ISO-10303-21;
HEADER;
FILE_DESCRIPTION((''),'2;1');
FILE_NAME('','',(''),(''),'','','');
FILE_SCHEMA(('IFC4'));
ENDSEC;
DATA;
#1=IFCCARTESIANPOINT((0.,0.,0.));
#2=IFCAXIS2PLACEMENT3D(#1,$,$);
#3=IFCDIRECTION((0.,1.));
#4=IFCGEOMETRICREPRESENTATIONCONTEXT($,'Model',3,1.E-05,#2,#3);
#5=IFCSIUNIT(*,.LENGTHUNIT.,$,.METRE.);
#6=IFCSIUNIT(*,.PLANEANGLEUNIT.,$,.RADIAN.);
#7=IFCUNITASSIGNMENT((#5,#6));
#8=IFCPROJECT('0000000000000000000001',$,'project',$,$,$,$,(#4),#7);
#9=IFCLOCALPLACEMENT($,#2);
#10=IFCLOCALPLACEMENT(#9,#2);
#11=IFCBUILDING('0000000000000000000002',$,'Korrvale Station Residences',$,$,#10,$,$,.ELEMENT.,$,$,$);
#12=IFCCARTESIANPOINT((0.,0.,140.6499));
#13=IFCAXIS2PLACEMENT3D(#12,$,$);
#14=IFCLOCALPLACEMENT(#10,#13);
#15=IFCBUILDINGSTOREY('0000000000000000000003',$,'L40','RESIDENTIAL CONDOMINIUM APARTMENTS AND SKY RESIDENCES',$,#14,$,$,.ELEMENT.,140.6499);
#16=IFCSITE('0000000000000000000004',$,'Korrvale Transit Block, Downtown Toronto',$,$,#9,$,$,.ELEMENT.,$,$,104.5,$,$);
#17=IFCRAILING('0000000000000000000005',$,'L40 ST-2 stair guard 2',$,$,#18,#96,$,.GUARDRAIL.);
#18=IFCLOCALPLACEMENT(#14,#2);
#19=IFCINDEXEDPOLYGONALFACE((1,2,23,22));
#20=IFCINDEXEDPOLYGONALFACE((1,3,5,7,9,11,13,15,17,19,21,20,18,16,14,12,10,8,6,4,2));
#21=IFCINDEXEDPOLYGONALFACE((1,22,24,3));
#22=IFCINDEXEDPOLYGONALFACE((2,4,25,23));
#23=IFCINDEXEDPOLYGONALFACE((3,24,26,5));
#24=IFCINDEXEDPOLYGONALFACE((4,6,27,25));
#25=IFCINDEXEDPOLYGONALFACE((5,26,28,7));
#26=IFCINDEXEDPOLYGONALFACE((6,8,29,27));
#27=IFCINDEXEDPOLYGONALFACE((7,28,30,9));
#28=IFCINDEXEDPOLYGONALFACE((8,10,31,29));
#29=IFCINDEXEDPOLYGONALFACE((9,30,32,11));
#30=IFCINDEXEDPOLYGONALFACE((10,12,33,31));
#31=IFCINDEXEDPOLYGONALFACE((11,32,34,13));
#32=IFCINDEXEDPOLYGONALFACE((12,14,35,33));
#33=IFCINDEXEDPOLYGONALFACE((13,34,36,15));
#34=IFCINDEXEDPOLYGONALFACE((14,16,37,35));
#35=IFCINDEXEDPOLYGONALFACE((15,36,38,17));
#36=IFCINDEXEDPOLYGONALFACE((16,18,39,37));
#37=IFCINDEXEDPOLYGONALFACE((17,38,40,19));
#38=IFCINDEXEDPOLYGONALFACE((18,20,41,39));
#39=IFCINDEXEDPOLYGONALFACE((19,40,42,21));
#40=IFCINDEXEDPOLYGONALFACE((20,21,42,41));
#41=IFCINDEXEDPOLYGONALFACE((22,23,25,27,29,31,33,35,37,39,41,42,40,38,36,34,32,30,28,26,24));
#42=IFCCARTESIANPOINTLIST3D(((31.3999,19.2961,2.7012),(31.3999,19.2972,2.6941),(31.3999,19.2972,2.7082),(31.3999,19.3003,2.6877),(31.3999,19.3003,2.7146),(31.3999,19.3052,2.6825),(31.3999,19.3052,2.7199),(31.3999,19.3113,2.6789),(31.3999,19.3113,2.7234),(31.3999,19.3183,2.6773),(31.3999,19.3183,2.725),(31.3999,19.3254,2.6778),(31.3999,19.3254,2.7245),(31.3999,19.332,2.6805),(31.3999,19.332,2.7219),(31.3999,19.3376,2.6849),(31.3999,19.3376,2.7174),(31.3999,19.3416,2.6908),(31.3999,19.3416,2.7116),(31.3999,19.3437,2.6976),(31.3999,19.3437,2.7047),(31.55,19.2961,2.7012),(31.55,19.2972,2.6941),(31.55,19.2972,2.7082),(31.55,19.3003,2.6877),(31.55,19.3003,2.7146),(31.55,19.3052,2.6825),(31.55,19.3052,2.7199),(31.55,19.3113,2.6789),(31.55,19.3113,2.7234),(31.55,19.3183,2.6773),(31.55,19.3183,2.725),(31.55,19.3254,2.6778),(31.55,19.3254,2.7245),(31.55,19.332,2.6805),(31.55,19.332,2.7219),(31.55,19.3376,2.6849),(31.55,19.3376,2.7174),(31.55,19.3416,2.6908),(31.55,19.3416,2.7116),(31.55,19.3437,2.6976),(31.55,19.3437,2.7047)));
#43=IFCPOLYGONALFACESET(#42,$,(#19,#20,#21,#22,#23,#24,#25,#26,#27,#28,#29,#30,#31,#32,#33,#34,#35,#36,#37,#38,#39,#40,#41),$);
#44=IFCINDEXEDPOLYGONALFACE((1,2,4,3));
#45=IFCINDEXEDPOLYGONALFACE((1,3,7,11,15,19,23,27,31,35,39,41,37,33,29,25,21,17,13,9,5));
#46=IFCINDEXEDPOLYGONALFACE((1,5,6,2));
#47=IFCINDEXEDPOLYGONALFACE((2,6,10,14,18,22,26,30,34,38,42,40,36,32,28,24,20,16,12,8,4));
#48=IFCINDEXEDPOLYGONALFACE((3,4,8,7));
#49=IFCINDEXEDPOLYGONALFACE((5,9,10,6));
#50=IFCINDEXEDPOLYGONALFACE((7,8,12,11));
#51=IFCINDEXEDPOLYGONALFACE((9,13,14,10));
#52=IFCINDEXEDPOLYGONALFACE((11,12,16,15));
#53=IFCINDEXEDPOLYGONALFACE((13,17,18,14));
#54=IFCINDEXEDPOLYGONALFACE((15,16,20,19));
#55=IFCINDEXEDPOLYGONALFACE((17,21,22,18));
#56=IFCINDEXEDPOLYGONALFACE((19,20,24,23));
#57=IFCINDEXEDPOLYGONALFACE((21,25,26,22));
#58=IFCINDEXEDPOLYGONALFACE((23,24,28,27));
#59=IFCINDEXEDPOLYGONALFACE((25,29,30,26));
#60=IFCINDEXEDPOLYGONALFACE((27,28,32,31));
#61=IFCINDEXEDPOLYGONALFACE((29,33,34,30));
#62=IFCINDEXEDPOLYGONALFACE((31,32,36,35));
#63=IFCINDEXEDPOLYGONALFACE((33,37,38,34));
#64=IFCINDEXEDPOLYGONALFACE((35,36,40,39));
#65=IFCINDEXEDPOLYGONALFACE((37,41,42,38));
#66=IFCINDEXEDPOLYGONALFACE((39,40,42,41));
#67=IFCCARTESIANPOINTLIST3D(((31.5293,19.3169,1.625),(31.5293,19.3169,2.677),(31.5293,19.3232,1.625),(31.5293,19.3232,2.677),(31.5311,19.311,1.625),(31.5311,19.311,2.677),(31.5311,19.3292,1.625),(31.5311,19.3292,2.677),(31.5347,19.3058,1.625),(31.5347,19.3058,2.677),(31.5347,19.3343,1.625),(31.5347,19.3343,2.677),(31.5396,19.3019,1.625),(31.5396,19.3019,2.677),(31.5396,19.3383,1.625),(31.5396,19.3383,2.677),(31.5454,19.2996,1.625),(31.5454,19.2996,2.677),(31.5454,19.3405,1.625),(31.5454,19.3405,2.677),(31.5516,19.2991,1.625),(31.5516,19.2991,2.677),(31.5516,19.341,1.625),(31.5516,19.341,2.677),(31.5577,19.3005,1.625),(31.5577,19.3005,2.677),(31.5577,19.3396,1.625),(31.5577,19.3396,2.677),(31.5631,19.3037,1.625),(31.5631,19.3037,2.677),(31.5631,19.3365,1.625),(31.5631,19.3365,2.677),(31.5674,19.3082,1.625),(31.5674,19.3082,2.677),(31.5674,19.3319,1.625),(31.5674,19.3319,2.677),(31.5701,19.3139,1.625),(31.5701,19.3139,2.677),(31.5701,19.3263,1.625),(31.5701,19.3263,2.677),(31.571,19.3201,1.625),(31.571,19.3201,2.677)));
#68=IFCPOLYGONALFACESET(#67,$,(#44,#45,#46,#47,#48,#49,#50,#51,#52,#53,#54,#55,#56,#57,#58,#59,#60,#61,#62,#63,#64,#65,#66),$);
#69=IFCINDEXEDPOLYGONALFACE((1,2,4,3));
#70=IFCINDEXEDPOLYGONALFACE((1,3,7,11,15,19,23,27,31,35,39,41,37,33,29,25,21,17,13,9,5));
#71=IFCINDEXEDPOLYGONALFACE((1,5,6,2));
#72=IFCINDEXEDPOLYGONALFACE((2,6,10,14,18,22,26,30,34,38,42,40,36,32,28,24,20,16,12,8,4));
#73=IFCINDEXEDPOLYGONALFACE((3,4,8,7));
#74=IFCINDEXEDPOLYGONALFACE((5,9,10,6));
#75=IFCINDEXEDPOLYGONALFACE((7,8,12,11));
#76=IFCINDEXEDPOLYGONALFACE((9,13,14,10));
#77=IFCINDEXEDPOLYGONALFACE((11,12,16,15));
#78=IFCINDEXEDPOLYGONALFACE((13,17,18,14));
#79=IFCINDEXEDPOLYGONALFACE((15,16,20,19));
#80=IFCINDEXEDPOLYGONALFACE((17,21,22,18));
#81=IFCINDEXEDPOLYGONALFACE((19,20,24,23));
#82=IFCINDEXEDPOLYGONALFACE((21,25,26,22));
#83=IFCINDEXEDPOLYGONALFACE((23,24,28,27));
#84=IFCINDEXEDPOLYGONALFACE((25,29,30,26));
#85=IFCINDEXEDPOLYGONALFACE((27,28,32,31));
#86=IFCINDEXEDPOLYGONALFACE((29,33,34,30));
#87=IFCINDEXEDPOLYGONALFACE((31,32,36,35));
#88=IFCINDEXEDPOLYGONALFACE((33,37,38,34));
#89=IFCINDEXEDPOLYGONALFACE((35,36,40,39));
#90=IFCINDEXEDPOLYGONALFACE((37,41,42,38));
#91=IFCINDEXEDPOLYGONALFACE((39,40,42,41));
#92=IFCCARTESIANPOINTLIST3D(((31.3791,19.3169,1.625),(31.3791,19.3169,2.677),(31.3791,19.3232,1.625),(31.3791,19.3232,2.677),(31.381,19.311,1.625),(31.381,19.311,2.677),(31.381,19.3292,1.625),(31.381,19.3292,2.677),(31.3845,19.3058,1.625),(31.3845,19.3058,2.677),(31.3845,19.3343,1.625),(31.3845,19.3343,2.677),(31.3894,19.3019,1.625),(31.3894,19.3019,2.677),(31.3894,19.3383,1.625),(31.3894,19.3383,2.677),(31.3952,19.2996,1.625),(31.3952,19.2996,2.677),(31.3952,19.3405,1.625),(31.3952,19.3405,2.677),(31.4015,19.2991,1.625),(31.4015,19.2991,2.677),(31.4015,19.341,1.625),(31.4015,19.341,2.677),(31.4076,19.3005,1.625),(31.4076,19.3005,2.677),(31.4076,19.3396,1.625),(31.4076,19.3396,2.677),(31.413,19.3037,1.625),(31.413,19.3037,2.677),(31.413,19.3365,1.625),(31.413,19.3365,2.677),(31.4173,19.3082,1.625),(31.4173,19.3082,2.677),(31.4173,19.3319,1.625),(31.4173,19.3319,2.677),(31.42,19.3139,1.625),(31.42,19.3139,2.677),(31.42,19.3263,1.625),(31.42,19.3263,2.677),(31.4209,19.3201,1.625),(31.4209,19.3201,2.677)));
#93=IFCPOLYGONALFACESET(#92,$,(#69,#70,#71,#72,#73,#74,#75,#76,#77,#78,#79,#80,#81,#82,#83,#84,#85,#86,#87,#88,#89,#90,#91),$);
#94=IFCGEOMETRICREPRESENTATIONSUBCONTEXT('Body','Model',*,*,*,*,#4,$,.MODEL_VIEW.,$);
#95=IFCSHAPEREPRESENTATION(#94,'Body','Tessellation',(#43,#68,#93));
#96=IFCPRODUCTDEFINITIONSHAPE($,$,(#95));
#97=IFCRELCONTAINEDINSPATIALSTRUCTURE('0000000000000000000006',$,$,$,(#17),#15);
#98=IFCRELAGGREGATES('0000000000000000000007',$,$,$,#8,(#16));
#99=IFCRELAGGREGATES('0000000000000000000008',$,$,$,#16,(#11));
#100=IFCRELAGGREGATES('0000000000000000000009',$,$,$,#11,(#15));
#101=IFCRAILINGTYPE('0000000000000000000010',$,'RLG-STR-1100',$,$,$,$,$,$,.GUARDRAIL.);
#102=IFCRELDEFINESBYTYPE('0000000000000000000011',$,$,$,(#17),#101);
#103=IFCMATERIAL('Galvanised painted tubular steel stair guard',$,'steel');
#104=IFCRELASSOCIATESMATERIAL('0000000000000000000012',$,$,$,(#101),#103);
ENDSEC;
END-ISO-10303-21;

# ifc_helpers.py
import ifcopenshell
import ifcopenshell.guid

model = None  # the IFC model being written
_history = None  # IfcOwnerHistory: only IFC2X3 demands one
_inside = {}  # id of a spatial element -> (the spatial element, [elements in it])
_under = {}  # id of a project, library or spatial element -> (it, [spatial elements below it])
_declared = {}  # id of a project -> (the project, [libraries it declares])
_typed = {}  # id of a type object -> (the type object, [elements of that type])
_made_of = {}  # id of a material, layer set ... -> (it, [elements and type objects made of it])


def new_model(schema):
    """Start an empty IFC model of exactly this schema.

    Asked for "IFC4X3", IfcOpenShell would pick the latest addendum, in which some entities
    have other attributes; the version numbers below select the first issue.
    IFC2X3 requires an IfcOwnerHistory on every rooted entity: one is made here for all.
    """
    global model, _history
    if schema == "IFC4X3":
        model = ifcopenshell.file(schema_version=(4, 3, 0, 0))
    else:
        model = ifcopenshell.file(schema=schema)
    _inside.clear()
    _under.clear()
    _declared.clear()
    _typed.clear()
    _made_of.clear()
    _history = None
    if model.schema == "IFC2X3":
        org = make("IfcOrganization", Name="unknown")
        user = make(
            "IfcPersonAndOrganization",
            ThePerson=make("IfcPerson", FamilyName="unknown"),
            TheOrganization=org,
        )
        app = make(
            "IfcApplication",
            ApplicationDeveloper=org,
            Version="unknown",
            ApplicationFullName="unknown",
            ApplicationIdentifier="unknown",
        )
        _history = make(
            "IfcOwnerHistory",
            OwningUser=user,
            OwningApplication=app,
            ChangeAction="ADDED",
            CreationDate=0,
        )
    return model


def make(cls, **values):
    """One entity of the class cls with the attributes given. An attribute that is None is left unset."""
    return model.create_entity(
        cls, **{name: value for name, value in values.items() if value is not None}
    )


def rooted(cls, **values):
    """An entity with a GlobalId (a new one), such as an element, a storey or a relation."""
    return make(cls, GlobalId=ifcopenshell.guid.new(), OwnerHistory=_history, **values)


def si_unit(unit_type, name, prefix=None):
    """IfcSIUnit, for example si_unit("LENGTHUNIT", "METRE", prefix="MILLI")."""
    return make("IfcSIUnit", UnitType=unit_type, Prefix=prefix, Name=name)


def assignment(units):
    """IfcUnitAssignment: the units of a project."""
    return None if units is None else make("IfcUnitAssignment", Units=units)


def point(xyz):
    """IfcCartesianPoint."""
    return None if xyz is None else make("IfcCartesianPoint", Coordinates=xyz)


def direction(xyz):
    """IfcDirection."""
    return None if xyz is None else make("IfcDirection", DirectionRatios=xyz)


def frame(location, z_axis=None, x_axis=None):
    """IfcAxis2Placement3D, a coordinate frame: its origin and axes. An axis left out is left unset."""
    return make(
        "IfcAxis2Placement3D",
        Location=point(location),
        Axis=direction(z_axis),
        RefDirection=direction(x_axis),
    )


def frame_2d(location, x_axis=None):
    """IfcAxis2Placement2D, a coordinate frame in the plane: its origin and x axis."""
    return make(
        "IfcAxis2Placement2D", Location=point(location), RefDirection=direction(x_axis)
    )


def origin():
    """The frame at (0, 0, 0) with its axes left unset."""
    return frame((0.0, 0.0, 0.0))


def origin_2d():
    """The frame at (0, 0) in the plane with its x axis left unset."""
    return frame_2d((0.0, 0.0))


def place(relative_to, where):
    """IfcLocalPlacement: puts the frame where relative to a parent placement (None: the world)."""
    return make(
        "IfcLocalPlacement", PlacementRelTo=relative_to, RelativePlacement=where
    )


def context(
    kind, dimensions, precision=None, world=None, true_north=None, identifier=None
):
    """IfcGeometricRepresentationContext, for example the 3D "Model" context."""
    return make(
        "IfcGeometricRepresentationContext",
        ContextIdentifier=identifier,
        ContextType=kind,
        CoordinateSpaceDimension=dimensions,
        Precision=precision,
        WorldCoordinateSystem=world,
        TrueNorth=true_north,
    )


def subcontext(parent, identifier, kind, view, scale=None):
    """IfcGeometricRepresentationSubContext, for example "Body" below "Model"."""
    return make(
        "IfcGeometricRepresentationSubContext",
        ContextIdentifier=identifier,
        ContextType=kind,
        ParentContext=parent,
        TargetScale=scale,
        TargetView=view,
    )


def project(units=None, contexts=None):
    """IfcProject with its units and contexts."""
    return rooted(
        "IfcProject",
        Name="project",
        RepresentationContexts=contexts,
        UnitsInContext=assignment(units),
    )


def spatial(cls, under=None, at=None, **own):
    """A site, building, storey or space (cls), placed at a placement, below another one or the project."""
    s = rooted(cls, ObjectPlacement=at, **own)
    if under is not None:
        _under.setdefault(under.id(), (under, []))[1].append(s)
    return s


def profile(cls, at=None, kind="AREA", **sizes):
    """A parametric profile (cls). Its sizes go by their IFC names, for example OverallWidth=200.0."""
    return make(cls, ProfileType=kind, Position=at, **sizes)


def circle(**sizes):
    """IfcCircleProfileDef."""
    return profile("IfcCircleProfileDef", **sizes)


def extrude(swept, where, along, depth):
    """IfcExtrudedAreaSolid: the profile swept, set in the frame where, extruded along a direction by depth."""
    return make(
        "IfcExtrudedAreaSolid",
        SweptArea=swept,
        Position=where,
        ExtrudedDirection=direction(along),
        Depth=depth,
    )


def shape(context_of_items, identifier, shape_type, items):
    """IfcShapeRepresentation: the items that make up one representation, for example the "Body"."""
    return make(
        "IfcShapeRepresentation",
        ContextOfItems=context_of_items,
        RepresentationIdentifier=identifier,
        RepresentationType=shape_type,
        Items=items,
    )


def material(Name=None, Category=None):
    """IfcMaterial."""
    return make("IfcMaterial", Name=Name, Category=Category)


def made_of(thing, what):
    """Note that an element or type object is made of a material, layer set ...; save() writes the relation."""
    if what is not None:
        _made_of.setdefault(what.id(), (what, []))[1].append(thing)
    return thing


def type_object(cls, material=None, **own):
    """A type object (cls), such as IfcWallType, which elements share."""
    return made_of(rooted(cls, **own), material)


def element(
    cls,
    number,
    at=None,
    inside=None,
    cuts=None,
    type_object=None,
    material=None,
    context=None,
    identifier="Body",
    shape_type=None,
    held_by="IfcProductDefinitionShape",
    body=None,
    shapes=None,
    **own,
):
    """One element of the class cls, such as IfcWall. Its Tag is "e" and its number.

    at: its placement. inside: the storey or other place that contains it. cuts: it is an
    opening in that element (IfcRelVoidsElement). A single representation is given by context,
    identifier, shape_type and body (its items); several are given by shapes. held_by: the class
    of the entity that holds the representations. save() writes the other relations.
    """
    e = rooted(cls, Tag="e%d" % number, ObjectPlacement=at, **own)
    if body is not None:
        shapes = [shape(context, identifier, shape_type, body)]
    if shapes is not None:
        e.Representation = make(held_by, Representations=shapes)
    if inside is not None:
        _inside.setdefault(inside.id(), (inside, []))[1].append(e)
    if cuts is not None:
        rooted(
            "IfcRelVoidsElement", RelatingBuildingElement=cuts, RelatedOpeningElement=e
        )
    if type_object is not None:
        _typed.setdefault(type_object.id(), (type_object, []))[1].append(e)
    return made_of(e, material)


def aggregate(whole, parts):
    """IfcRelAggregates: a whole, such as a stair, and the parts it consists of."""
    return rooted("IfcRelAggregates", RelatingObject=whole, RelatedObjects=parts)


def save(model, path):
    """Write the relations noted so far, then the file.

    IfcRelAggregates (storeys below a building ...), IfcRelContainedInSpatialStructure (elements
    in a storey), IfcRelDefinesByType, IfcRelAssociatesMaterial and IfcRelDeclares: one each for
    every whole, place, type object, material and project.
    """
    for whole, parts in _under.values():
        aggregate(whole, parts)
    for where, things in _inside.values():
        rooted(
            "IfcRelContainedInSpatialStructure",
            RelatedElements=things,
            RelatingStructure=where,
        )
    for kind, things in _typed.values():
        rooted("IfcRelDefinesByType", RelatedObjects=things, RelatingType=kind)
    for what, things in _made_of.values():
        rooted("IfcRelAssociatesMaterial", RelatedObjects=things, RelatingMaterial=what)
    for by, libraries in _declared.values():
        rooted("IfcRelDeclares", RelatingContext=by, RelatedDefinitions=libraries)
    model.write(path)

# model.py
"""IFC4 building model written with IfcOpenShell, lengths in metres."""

from ifc_helpers import new_model, si_unit, direction, frame, origin, origin_2d, place, context, subcontext, project, spatial, circle, extrude, material, type_object, element, save


model = new_model("IFC4")

# Units and contexts
model_context = context("Model", 3, precision=1e-05, world=origin(), true_north=direction((0.0, 1.0)))
body_context = subcontext(model_context, "Body", "Model", "MODEL_VIEW")
ifc_project = project(units=[si_unit("LENGTHUNIT", "METRE"), si_unit("PLANEANGLEUNIT", "RADIAN")], contexts=[model_context])

# Site, building, storey
site_placement = place(None, origin())
site = spatial("IfcSite", under=ifc_project, at=site_placement, Name="Korrvale Transit Block, Downtown Toronto", CompositionType="ELEMENT", RefElevation=104.5)
building_placement = place(site_placement, origin())
building = spatial("IfcBuilding", under=site, at=building_placement, Name="Korrvale Station Residences", CompositionType="ELEMENT")
storey_placement = place(building_placement, frame((0.0, 0.0, 140.6499)))
storey = spatial("IfcBuildingStorey", under=building, at=storey_placement, Name="L40", Description="RESIDENTIAL CONDOMINIUM APARTMENTS AND SKY RESIDENCES", CompositionType="ELEMENT", Elevation=140.6499)

# Railing
ifc_material_1 = material(Name="Galvanised painted tubular steel stair guard", Category="steel")
railing_type_1 = type_object("IfcRailingType", Name="RLG-STR-1100", PredefinedType="GUARDRAIL", material=ifc_material_1)
railing_1_placement = place(storey_placement, frame((31.55, 19.3201, 1.625)))
element("IfcRailing", 1, at=railing_1_placement, inside=storey, type_object=railing_type_1, Name="L40 ST-2 stair guard 2", PredefinedType="GUARDRAIL", context=body_context, shape_type="SweptSolid", body=[
    extrude(circle(Radius=0.0239, at=origin_2d()), frame((0.0, 0.0, 1.0762), z_axis=(-1.0, 0.0, 0.0), x_axis=(0.0, -1.0, 0.0)), (0.0, 0.0, 1.0), 0.1501),
    extrude(circle(Radius=0.021, at=origin_2d()), origin(), (0.0, 0.0, 1.0), 1.052),
    extrude(circle(Radius=0.021, at=origin_2d()), frame((-0.1501, 0.0, 0.0)), (0.0, 0.0, 1.0), 1.052),
])

save(model, "model.ifc")
